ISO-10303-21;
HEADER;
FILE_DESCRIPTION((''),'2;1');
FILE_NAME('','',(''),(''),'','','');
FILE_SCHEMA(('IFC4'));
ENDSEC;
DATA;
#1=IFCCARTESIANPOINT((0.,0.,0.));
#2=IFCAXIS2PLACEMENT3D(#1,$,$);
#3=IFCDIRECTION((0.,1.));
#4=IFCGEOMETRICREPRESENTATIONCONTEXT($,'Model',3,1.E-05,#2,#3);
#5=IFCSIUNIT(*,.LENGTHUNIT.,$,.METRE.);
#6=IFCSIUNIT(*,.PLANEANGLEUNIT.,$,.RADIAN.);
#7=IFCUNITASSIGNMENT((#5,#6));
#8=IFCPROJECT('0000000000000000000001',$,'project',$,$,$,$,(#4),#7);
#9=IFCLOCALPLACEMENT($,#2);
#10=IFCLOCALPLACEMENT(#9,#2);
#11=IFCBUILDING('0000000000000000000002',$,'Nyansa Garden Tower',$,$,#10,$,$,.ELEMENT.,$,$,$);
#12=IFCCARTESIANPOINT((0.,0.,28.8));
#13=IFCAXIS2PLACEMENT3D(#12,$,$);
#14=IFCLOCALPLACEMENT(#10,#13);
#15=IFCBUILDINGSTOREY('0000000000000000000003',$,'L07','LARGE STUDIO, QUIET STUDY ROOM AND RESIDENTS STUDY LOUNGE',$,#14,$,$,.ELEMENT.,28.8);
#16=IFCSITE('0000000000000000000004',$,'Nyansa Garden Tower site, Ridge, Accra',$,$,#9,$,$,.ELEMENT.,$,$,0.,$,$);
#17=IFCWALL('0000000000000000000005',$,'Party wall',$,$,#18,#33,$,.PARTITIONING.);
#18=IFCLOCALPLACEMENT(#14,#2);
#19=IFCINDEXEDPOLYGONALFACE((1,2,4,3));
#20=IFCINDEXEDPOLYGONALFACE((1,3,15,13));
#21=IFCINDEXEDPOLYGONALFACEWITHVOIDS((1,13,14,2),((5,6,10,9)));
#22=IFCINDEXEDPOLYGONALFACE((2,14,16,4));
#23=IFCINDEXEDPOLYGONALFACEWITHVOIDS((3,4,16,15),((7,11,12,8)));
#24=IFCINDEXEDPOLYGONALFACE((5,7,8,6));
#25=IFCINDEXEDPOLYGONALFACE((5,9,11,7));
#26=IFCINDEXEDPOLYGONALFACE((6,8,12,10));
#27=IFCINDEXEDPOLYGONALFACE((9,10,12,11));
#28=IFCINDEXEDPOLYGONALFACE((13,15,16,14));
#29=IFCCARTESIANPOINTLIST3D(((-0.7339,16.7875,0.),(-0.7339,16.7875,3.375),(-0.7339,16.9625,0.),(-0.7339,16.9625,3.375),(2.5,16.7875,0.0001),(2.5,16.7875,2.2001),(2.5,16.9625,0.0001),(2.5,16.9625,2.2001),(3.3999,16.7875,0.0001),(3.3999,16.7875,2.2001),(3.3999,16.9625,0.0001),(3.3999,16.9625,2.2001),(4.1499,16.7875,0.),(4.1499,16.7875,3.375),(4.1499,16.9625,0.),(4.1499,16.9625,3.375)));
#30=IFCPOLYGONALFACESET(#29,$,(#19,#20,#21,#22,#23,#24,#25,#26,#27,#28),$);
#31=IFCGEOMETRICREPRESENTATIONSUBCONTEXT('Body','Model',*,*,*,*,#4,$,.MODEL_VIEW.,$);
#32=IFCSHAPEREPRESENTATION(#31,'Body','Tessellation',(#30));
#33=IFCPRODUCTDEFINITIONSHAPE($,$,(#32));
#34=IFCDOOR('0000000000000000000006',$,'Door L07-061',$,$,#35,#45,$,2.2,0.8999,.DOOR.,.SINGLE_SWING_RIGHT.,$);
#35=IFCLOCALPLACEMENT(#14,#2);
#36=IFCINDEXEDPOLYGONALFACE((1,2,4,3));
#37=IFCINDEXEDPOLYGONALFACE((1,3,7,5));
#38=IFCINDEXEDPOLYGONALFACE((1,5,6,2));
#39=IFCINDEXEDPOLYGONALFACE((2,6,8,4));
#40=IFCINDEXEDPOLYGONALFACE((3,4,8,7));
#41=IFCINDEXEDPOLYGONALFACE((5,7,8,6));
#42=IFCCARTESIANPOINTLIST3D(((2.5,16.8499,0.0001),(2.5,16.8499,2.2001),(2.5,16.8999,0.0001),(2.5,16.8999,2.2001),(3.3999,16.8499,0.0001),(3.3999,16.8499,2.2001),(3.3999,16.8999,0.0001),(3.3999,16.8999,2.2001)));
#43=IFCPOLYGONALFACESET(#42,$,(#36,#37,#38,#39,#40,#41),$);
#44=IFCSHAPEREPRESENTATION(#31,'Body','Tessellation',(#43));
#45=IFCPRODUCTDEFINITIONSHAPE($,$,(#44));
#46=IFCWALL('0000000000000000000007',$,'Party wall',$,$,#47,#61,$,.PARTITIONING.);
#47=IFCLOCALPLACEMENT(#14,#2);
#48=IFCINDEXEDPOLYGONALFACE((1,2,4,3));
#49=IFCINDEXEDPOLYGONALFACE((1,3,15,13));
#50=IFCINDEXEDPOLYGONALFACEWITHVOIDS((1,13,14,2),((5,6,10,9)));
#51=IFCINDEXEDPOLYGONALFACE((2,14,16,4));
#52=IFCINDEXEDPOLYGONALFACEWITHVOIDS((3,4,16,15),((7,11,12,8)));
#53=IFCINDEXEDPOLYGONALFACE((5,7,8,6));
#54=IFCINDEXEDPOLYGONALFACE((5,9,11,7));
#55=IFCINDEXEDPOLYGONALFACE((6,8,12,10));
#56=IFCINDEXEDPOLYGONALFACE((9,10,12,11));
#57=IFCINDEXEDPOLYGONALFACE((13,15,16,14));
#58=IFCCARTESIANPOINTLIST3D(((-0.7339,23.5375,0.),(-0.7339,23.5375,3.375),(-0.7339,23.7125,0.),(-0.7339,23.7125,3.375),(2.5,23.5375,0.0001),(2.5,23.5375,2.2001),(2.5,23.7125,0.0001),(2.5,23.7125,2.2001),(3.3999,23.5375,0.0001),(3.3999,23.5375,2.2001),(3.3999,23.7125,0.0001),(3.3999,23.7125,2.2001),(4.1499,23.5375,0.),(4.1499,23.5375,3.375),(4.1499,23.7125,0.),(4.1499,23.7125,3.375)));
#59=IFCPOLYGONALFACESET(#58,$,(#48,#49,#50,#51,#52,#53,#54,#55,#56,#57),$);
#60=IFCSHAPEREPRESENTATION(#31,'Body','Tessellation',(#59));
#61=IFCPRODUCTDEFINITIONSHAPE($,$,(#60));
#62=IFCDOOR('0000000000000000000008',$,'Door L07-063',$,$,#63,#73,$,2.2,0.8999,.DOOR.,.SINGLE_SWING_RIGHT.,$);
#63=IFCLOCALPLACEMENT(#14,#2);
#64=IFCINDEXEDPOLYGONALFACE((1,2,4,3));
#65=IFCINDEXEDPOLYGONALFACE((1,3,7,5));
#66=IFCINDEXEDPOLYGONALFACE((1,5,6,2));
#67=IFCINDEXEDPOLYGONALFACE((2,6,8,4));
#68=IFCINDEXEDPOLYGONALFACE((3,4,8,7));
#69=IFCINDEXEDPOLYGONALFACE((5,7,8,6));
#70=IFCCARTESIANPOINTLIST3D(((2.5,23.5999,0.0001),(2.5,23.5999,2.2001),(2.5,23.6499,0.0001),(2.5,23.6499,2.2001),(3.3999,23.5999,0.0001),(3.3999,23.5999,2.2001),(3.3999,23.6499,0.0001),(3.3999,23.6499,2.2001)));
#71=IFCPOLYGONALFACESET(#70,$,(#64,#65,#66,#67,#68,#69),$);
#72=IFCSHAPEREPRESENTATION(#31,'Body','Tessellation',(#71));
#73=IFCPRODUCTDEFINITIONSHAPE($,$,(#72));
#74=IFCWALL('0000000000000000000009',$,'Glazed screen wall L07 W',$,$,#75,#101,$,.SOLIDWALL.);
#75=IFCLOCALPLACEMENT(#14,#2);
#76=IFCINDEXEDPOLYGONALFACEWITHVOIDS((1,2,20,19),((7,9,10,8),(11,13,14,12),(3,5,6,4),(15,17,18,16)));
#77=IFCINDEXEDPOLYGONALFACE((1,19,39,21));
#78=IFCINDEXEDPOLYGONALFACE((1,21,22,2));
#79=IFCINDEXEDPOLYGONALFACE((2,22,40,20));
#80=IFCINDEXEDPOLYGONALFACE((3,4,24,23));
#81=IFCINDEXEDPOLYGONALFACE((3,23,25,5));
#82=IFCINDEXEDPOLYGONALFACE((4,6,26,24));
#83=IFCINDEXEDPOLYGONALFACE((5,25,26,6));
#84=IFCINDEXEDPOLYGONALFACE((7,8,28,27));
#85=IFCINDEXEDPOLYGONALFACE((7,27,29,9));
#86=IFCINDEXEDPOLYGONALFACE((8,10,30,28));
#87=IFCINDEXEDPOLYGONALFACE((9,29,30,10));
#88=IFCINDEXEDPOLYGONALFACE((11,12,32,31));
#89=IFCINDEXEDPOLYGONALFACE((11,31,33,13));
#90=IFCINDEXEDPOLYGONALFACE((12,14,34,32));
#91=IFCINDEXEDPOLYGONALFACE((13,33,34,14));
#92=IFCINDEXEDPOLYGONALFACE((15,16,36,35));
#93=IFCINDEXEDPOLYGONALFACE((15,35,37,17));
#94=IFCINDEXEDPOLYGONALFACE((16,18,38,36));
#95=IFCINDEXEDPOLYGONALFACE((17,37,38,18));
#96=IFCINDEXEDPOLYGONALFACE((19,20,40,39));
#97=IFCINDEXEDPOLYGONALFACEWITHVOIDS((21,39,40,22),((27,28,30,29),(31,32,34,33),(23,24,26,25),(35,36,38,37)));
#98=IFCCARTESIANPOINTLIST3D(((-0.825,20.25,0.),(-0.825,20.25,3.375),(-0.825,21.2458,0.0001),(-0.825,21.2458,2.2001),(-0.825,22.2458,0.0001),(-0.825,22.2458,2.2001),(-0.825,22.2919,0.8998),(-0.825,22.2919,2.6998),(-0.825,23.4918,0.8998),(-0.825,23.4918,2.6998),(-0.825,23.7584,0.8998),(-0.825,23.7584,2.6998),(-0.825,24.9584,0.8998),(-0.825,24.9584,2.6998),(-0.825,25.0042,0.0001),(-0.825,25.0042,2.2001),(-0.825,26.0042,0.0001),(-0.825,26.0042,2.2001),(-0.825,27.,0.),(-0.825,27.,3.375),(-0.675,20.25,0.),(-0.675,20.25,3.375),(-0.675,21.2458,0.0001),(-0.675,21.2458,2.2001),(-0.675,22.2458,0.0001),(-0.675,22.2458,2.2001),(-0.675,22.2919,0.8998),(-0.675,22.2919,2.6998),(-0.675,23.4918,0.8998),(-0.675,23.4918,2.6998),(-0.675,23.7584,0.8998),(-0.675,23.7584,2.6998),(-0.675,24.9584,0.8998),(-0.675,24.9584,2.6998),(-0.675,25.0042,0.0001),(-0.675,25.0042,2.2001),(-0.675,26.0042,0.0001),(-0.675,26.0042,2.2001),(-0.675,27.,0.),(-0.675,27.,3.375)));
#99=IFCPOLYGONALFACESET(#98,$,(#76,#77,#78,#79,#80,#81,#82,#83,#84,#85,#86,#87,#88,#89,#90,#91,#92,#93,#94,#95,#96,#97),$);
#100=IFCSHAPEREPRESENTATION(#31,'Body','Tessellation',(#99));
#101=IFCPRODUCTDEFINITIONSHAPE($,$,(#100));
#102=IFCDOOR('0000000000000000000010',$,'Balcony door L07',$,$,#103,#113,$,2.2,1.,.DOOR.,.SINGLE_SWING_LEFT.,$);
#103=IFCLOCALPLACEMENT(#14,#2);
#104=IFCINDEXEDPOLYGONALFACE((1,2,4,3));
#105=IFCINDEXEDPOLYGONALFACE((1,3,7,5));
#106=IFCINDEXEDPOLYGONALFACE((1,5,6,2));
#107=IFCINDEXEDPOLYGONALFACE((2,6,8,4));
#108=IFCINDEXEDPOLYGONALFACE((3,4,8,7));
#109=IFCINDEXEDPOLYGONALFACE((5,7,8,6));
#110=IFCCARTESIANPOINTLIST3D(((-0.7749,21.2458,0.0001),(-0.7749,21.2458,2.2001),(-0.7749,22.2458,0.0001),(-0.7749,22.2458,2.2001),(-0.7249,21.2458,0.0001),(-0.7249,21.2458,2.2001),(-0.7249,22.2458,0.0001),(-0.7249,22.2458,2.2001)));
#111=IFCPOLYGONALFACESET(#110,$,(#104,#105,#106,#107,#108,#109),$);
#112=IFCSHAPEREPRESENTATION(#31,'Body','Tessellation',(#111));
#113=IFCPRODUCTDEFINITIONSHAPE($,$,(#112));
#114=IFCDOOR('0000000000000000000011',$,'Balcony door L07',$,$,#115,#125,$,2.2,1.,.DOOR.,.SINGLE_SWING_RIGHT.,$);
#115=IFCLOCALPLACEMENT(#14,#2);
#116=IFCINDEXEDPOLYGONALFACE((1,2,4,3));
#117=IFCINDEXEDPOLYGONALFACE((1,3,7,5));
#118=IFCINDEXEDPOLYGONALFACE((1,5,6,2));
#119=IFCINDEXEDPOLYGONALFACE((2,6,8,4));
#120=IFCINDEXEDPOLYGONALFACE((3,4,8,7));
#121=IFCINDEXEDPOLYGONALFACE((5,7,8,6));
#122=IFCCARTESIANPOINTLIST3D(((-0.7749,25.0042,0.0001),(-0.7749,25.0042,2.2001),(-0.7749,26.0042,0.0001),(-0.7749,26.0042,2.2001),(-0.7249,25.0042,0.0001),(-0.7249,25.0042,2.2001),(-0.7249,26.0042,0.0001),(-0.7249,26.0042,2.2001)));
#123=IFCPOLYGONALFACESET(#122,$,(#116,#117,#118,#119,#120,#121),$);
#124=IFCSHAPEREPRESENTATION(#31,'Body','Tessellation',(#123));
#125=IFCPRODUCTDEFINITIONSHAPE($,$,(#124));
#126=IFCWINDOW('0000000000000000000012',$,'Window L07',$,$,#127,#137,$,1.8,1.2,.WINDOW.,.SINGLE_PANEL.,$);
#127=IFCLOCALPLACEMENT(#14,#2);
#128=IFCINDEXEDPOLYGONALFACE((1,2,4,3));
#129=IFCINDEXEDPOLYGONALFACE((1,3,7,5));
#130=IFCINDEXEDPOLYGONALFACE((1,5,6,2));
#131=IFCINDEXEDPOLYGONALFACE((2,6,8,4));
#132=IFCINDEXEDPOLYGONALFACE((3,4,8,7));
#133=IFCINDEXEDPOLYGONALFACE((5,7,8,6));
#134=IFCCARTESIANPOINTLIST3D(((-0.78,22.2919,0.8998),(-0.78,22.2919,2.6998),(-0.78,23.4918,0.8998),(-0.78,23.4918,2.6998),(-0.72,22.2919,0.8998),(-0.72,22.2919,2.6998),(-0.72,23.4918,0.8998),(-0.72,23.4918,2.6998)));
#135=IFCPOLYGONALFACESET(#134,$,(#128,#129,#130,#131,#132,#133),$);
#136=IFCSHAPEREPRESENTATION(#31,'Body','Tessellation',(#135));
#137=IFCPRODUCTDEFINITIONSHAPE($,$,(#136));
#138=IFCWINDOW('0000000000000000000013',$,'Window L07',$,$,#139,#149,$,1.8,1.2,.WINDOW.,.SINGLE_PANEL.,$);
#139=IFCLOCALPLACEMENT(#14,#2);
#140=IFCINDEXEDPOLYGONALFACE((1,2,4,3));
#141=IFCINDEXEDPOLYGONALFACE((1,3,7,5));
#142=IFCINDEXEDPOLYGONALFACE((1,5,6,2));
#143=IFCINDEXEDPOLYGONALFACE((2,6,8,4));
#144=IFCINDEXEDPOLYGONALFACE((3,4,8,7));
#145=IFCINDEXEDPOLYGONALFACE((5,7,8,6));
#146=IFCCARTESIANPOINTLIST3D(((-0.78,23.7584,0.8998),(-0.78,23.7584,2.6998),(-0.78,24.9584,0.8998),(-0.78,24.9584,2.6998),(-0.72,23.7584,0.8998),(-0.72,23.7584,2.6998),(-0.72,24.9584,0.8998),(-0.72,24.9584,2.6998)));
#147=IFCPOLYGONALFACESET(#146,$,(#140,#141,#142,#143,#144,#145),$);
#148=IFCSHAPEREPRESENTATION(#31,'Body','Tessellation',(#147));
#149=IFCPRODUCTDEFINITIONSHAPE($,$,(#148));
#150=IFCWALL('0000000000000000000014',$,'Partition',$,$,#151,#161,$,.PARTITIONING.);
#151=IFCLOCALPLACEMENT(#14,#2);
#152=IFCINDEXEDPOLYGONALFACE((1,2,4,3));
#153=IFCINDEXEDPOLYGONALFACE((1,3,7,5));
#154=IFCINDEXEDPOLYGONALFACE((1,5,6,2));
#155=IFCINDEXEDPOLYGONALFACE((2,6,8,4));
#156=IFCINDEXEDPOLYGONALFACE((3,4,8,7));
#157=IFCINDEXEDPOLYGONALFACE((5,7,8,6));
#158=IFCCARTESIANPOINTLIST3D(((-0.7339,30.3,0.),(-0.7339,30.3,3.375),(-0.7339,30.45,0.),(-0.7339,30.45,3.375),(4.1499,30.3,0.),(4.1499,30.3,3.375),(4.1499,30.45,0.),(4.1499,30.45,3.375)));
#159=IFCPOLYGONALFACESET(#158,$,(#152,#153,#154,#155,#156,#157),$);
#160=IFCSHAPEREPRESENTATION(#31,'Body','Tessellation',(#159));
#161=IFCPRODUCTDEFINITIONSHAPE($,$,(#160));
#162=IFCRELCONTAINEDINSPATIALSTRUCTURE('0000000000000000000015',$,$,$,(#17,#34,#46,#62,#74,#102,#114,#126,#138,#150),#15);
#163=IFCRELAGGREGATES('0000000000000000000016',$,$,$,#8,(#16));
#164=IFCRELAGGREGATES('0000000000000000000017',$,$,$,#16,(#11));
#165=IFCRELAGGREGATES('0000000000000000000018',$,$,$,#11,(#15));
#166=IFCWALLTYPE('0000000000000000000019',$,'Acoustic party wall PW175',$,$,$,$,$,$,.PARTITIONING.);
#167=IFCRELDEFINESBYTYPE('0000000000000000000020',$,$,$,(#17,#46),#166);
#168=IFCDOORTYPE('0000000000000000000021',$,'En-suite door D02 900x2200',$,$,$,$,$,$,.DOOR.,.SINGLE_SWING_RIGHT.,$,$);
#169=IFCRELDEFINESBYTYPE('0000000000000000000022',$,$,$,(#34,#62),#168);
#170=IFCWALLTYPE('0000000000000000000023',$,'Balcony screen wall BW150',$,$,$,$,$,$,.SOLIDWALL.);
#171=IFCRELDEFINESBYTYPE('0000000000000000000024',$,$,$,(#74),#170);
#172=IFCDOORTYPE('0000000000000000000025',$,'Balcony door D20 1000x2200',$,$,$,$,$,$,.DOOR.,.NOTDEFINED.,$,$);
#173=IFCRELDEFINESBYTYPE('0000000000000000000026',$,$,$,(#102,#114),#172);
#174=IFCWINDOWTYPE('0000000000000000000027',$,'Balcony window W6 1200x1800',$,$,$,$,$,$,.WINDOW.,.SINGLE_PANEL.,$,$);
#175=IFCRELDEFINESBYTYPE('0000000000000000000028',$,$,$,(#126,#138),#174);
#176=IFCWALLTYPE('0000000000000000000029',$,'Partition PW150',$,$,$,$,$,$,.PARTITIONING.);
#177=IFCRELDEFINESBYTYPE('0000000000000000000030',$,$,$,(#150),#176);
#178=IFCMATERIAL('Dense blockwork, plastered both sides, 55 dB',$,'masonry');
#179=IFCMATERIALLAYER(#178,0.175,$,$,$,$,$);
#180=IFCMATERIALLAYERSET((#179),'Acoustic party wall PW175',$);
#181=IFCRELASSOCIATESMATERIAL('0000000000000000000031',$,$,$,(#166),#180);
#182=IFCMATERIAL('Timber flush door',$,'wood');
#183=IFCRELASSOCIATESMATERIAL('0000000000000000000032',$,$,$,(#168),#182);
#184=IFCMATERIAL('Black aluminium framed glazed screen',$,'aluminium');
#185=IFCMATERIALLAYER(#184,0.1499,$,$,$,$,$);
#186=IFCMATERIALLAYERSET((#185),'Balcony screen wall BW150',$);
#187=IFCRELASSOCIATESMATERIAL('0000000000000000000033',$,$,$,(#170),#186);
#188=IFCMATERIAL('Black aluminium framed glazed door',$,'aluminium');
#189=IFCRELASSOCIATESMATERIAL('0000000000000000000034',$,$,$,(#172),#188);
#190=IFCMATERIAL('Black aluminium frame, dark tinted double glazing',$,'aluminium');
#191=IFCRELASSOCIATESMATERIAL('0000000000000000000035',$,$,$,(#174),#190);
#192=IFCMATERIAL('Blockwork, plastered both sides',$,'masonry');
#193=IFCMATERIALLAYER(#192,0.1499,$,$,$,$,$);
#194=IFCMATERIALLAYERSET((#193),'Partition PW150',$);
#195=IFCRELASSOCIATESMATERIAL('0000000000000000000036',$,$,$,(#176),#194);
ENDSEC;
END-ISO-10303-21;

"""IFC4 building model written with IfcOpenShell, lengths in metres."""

from ifc_helpers import new_model, si_unit, direction, frame, frame_2d, origin, place, context, subcontext, project, spatial, rectangle, extrude, material, layer, layer_set, type_object, element, fill, save


model = new_model("IFC4")

# Units and contexts
model_context = context("Model", 3, precision=1e-05, world=origin(), true_north=direction((0.0, 1.0)))
body_context = subcontext(model_context, "Body", "Model", "MODEL_VIEW")
ifc_project = project(units=[si_unit("LENGTHUNIT", "METRE"), si_unit("PLANEANGLEUNIT", "RADIAN")], contexts=[model_context])

# Site, building, storey
site_placement = place(None, origin())
site = spatial("IfcSite", under=ifc_project, at=site_placement, Name="Nyansa Garden Tower site, Ridge, Accra", CompositionType="ELEMENT", RefElevation=0.0)
building_placement = place(site_placement, origin())
building = spatial("IfcBuilding", under=site, at=building_placement, Name="Nyansa Garden Tower", CompositionType="ELEMENT")
storey_placement = place(building_placement, frame((0.0, 0.0, 28.8)))
storey = spatial("IfcBuildingStorey", under=building, at=storey_placement, Name="L07", Description="LARGE STUDIO, QUIET STUDY ROOM AND RESIDENTS STUDY LOUNGE", CompositionType="ELEMENT", Elevation=28.8)

# Walls, openings, doors
ifc_material_1 = material(Name="Dense blockwork, plastered both sides, 55 dB", Category="masonry")
ifc_layer_1 = layer(ifc_material_1, 0.175)
ifc_layer_set_1 = layer_set([ifc_layer_1], Name="Acoustic party wall PW175")
wall_type_1 = type_object("IfcWallType", Name="Acoustic party wall PW175", PredefinedType="PARTITIONING", material=ifc_layer_set_1)
wall_1_placement = place(storey_placement, frame((-0.7339, 16.875, 0.0), z_axis=(0.0, 0.0, 1.0), x_axis=(1.0, 0.0, 0.0)))
wall_1 = element("IfcWall", 1, at=wall_1_placement, inside=storey, type_object=wall_type_1, Name="Party wall", PredefinedType="PARTITIONING", context=body_context, shape_type="SweptSolid", body=[
    extrude(rectangle(XDim=4.8838, YDim=0.175, at=frame_2d((2.4419, 0.0))), origin(), (0.0, 0.0, 1.0), 3.375),
])
opening_1_placement = place(wall_1_placement, frame((3.2339, 0.0, 0.0)))
opening_1 = element("IfcOpeningElement", 2, at=opening_1_placement, cuts=wall_1, PredefinedType="OPENING", context=body_context, shape_type="SweptSolid", body=[
    extrude(rectangle(XDim=0.8999, YDim=2.2, at=frame_2d((0.45, 1.1001))), frame((0.0, 0.0974, 0.0), z_axis=(0.0, -1.0, 0.0), x_axis=(1.0, 0.0, 0.0)), (0.0, 0.0, 1.0), 0.1951),
])
ifc_material_2 = material(Name="Timber flush door", Category="wood")
door_type_1 = type_object("IfcDoorType", Name="En-suite door D02 900x2200", OperationType="SINGLE_SWING_RIGHT", PredefinedType="DOOR", material=ifc_material_2)
door_1_placement = place(opening_1_placement, origin())
door_1 = element("IfcDoor", 3, at=door_1_placement, inside=storey, type_object=door_type_1, Name="Door L07-061", OperationType="SINGLE_SWING_RIGHT", OverallHeight=2.2, OverallWidth=0.8999, PredefinedType="DOOR", context=body_context, shape_type="SweptSolid", body=[
    extrude(rectangle(XDim=0.8999, YDim=2.2, at=frame_2d((0.45, 1.1001))), frame((0.0, 0.0249, 0.0), z_axis=(0.0, -1.0, 0.0), x_axis=(1.0, 0.0, 0.0)), (0.0, 0.0, 1.0), 0.05),
])
fill(opening_1, door_1)
wall_2_placement = place(storey_placement, frame((-0.7339, 23.625, 0.0), z_axis=(0.0, 0.0, 1.0), x_axis=(1.0, 0.0, 0.0)))
wall_2 = element("IfcWall", 4, at=wall_2_placement, inside=storey, type_object=wall_type_1, Name="Party wall", PredefinedType="PARTITIONING", context=body_context, shape_type="SweptSolid", body=[
    extrude(rectangle(XDim=4.8838, YDim=0.175, at=frame_2d((2.4419, 0.0))), origin(), (0.0, 0.0, 1.0), 3.375),
])
opening_2_placement = place(wall_2_placement, frame((3.2339, 0.0, 0.0)))
opening_2 = element("IfcOpeningElement", 5, at=opening_2_placement, cuts=wall_2, PredefinedType="OPENING", context=body_context, shape_type="SweptSolid", body=[
    extrude(rectangle(XDim=0.8999, YDim=2.2, at=frame_2d((0.45, 1.1001))), frame((0.0, 0.0974, 0.0), z_axis=(0.0, -1.0, 0.0), x_axis=(1.0, 0.0, 0.0)), (0.0, 0.0, 1.0), 0.1951),
])
door_2_placement = place(opening_2_placement, origin())
door_2 = element("IfcDoor", 6, at=door_2_placement, inside=storey, type_object=door_type_1, Name="Door L07-063", OperationType="SINGLE_SWING_RIGHT", OverallHeight=2.2, OverallWidth=0.8999, PredefinedType="DOOR", context=body_context, shape_type="SweptSolid", body=[
    extrude(rectangle(XDim=0.8999, YDim=2.2, at=frame_2d((0.45, 1.1001))), frame((0.0, 0.0249, 0.0), z_axis=(0.0, -1.0, 0.0), x_axis=(1.0, 0.0, 0.0)), (0.0, 0.0, 1.0), 0.05),
])
fill(opening_2, door_2)

# Wall, openings, doors, windows
ifc_material_3 = material(Name="Black aluminium framed glazed screen", Category="aluminium")
ifc_layer_2 = layer(ifc_material_3, 0.1499)
ifc_layer_set_2 = layer_set([ifc_layer_2], Name="Balcony screen wall BW150")
wall_type_2 = type_object("IfcWallType", Name="Balcony screen wall BW150", PredefinedType="SOLIDWALL", material=ifc_layer_set_2)
wall_3_placement = place(storey_placement, frame((-0.75, 20.25, 0.0), z_axis=(0.0, 0.0, 1.0), x_axis=(0.0, 1.0, 0.0)))
wall_3 = element("IfcWall", 7, at=wall_3_placement, inside=storey, type_object=wall_type_2, Name="Glazed screen wall L07 W", PredefinedType="SOLIDWALL", context=body_context, shape_type="SweptSolid", body=[
    extrude(rectangle(XDim=6.75, YDim=0.1499, at=frame_2d((3.375, 0.0))), origin(), (0.0, 0.0, 1.0), 3.375),
])
opening_3_placement = place(wall_3_placement, frame((0.9958, 0.0, 0.0)))
opening_3 = element("IfcOpeningElement", 8, at=opening_3_placement, cuts=wall_3, PredefinedType="OPENING", context=body_context, shape_type="SweptSolid", body=[
    extrude(rectangle(XDim=1.0, YDim=2.2, at=frame_2d((0.5, 1.1001))), frame((0.0, 0.085, 0.0), z_axis=(0.0, -1.0, 0.0), x_axis=(1.0, 0.0, 0.0)), (0.0, 0.0, 1.0), 0.1699),
])
opening_4_placement = place(wall_3_placement, frame((2.0417, 0.0, 0.8999)))
opening_4 = element("IfcOpeningElement", 9, at=opening_4_placement, cuts=wall_3, PredefinedType="OPENING", context=body_context, shape_type="SweptSolid", body=[
    extrude(rectangle(XDim=1.2, YDim=1.8, at=frame_2d((0.6001, 0.8999))), frame((0.0, 0.085, 0.0), z_axis=(0.0, -1.0, 0.0), x_axis=(1.0, 0.0, 0.0)), (0.0, 0.0, 1.0), 0.1699),
])
opening_5_placement = place(wall_3_placement, frame((4.7542, 0.0, 0.0)))
opening_5 = element("IfcOpeningElement", 10, at=opening_5_placement, cuts=wall_3, PredefinedType="OPENING", context=body_context, shape_type="SweptSolid", body=[
    extrude(rectangle(XDim=1.0, YDim=2.2, at=frame_2d((0.5, 1.1001))), frame((0.0, 0.085, 0.0), z_axis=(0.0, -1.0, 0.0), x_axis=(1.0, 0.0, 0.0)), (0.0, 0.0, 1.0), 0.1699),
])
opening_6_placement = place(wall_3_placement, frame((3.5083, 0.0, 0.8999)))
opening_6 = element("IfcOpeningElement", 11, at=opening_6_placement, cuts=wall_3, PredefinedType="OPENING", context=body_context, shape_type="SweptSolid", body=[
    extrude(rectangle(XDim=1.2, YDim=1.8, at=frame_2d((0.6001, 0.8999))), frame((0.0, 0.085, 0.0), z_axis=(0.0, -1.0, 0.0), x_axis=(1.0, 0.0, 0.0)), (0.0, 0.0, 1.0), 0.1699),
])
ifc_material_4 = material(Name="Black aluminium framed glazed door", Category="aluminium")
door_type_2 = type_object("IfcDoorType", Name="Balcony door D20 1000x2200", OperationType="NOTDEFINED", PredefinedType="DOOR", material=ifc_material_4)
door_3_placement = place(opening_3_placement, origin())
door_3 = element("IfcDoor", 12, at=door_3_placement, inside=storey, type_object=door_type_2, Name="Balcony door L07", OperationType="SINGLE_SWING_LEFT", OverallHeight=2.2, OverallWidth=1.0, PredefinedType="DOOR", context=body_context, shape_type="SweptSolid", body=[
    extrude(rectangle(XDim=1.0, YDim=2.2, at=frame_2d((0.5, 1.1001))), frame((0.0, 0.0249, 0.0), z_axis=(0.0, -1.0, 0.0), x_axis=(1.0, 0.0, 0.0)), (0.0, 0.0, 1.0), 0.05),
])
fill(opening_3, door_3)
door_4_placement = place(opening_5_placement, origin())
door_4 = element("IfcDoor", 13, at=door_4_placement, inside=storey, type_object=door_type_2, Name="Balcony door L07", OperationType="SINGLE_SWING_RIGHT", OverallHeight=2.2, OverallWidth=1.0, PredefinedType="DOOR", context=body_context, shape_type="SweptSolid", body=[
    extrude(rectangle(XDim=1.0, YDim=2.2, at=frame_2d((0.5, 1.1001))), frame((0.0, 0.0249, 0.0), z_axis=(0.0, -1.0, 0.0), x_axis=(1.0, 0.0, 0.0)), (0.0, 0.0, 1.0), 0.05),
])
fill(opening_5, door_4)
ifc_material_5 = material(Name="Black aluminium frame, dark tinted double glazing", Category="aluminium")
window_type = type_object("IfcWindowType", Name="Balcony window W6 1200x1800", PartitioningType="SINGLE_PANEL", PredefinedType="WINDOW", material=ifc_material_5)
window_1_placement = place(opening_4_placement, origin())
window_1 = element("IfcWindow", 14, at=window_1_placement, inside=storey, type_object=window_type, Name="Window L07", OverallHeight=1.8, OverallWidth=1.2, PartitioningType="SINGLE_PANEL", PredefinedType="WINDOW", context=body_context, shape_type="SweptSolid", body=[
    extrude(rectangle(XDim=1.2, YDim=1.8, at=frame_2d((0.6001, 0.8999))), frame((0.0, 0.03, 0.0), z_axis=(0.0, -1.0, 0.0), x_axis=(1.0, 0.0, 0.0)), (0.0, 0.0, 1.0), 0.0601),
])
fill(opening_4, window_1)
window_2_placement = place(opening_6_placement, origin())
window_2 = element("IfcWindow", 15, at=window_2_placement, inside=storey, type_object=window_type, Name="Window L07", OverallHeight=1.8, OverallWidth=1.2, PartitioningType="SINGLE_PANEL", PredefinedType="WINDOW", context=body_context, shape_type="SweptSolid", body=[
    extrude(rectangle(XDim=1.2, YDim=1.8, at=frame_2d((0.6001, 0.8999))), frame((0.0, 0.03, 0.0), z_axis=(0.0, -1.0, 0.0), x_axis=(1.0, 0.0, 0.0)), (0.0, 0.0, 1.0), 0.0601),
])
fill(opening_6, window_2)

# Wall
ifc_material_6 = material(Name="Blockwork, plastered both sides", Category="masonry")
ifc_layer_3 = layer(ifc_material_6, 0.1499)
ifc_layer_set_3 = layer_set([ifc_layer_3], Name="Partition PW150")
wall_type_3 = type_object("IfcWallType", Name="Partition PW150", PredefinedType="PARTITIONING", material=ifc_layer_set_3)
wall_4_placement = place(storey_placement, frame((-0.7339, 30.375, 0.0), z_axis=(0.0, 0.0, 1.0), x_axis=(1.0, 0.0, 0.0)))
element("IfcWall", 16, at=wall_4_placement, inside=storey, type_object=wall_type_3, Name="Partition", PredefinedType="PARTITIONING", context=body_context, shape_type="SweptSolid", body=[
    extrude(rectangle(XDim=4.8838, YDim=0.1499, at=frame_2d((2.4419, 0.0))), origin(), (0.0, 0.0, 1.0), 3.375),
])

save(model, "model.ifc")
